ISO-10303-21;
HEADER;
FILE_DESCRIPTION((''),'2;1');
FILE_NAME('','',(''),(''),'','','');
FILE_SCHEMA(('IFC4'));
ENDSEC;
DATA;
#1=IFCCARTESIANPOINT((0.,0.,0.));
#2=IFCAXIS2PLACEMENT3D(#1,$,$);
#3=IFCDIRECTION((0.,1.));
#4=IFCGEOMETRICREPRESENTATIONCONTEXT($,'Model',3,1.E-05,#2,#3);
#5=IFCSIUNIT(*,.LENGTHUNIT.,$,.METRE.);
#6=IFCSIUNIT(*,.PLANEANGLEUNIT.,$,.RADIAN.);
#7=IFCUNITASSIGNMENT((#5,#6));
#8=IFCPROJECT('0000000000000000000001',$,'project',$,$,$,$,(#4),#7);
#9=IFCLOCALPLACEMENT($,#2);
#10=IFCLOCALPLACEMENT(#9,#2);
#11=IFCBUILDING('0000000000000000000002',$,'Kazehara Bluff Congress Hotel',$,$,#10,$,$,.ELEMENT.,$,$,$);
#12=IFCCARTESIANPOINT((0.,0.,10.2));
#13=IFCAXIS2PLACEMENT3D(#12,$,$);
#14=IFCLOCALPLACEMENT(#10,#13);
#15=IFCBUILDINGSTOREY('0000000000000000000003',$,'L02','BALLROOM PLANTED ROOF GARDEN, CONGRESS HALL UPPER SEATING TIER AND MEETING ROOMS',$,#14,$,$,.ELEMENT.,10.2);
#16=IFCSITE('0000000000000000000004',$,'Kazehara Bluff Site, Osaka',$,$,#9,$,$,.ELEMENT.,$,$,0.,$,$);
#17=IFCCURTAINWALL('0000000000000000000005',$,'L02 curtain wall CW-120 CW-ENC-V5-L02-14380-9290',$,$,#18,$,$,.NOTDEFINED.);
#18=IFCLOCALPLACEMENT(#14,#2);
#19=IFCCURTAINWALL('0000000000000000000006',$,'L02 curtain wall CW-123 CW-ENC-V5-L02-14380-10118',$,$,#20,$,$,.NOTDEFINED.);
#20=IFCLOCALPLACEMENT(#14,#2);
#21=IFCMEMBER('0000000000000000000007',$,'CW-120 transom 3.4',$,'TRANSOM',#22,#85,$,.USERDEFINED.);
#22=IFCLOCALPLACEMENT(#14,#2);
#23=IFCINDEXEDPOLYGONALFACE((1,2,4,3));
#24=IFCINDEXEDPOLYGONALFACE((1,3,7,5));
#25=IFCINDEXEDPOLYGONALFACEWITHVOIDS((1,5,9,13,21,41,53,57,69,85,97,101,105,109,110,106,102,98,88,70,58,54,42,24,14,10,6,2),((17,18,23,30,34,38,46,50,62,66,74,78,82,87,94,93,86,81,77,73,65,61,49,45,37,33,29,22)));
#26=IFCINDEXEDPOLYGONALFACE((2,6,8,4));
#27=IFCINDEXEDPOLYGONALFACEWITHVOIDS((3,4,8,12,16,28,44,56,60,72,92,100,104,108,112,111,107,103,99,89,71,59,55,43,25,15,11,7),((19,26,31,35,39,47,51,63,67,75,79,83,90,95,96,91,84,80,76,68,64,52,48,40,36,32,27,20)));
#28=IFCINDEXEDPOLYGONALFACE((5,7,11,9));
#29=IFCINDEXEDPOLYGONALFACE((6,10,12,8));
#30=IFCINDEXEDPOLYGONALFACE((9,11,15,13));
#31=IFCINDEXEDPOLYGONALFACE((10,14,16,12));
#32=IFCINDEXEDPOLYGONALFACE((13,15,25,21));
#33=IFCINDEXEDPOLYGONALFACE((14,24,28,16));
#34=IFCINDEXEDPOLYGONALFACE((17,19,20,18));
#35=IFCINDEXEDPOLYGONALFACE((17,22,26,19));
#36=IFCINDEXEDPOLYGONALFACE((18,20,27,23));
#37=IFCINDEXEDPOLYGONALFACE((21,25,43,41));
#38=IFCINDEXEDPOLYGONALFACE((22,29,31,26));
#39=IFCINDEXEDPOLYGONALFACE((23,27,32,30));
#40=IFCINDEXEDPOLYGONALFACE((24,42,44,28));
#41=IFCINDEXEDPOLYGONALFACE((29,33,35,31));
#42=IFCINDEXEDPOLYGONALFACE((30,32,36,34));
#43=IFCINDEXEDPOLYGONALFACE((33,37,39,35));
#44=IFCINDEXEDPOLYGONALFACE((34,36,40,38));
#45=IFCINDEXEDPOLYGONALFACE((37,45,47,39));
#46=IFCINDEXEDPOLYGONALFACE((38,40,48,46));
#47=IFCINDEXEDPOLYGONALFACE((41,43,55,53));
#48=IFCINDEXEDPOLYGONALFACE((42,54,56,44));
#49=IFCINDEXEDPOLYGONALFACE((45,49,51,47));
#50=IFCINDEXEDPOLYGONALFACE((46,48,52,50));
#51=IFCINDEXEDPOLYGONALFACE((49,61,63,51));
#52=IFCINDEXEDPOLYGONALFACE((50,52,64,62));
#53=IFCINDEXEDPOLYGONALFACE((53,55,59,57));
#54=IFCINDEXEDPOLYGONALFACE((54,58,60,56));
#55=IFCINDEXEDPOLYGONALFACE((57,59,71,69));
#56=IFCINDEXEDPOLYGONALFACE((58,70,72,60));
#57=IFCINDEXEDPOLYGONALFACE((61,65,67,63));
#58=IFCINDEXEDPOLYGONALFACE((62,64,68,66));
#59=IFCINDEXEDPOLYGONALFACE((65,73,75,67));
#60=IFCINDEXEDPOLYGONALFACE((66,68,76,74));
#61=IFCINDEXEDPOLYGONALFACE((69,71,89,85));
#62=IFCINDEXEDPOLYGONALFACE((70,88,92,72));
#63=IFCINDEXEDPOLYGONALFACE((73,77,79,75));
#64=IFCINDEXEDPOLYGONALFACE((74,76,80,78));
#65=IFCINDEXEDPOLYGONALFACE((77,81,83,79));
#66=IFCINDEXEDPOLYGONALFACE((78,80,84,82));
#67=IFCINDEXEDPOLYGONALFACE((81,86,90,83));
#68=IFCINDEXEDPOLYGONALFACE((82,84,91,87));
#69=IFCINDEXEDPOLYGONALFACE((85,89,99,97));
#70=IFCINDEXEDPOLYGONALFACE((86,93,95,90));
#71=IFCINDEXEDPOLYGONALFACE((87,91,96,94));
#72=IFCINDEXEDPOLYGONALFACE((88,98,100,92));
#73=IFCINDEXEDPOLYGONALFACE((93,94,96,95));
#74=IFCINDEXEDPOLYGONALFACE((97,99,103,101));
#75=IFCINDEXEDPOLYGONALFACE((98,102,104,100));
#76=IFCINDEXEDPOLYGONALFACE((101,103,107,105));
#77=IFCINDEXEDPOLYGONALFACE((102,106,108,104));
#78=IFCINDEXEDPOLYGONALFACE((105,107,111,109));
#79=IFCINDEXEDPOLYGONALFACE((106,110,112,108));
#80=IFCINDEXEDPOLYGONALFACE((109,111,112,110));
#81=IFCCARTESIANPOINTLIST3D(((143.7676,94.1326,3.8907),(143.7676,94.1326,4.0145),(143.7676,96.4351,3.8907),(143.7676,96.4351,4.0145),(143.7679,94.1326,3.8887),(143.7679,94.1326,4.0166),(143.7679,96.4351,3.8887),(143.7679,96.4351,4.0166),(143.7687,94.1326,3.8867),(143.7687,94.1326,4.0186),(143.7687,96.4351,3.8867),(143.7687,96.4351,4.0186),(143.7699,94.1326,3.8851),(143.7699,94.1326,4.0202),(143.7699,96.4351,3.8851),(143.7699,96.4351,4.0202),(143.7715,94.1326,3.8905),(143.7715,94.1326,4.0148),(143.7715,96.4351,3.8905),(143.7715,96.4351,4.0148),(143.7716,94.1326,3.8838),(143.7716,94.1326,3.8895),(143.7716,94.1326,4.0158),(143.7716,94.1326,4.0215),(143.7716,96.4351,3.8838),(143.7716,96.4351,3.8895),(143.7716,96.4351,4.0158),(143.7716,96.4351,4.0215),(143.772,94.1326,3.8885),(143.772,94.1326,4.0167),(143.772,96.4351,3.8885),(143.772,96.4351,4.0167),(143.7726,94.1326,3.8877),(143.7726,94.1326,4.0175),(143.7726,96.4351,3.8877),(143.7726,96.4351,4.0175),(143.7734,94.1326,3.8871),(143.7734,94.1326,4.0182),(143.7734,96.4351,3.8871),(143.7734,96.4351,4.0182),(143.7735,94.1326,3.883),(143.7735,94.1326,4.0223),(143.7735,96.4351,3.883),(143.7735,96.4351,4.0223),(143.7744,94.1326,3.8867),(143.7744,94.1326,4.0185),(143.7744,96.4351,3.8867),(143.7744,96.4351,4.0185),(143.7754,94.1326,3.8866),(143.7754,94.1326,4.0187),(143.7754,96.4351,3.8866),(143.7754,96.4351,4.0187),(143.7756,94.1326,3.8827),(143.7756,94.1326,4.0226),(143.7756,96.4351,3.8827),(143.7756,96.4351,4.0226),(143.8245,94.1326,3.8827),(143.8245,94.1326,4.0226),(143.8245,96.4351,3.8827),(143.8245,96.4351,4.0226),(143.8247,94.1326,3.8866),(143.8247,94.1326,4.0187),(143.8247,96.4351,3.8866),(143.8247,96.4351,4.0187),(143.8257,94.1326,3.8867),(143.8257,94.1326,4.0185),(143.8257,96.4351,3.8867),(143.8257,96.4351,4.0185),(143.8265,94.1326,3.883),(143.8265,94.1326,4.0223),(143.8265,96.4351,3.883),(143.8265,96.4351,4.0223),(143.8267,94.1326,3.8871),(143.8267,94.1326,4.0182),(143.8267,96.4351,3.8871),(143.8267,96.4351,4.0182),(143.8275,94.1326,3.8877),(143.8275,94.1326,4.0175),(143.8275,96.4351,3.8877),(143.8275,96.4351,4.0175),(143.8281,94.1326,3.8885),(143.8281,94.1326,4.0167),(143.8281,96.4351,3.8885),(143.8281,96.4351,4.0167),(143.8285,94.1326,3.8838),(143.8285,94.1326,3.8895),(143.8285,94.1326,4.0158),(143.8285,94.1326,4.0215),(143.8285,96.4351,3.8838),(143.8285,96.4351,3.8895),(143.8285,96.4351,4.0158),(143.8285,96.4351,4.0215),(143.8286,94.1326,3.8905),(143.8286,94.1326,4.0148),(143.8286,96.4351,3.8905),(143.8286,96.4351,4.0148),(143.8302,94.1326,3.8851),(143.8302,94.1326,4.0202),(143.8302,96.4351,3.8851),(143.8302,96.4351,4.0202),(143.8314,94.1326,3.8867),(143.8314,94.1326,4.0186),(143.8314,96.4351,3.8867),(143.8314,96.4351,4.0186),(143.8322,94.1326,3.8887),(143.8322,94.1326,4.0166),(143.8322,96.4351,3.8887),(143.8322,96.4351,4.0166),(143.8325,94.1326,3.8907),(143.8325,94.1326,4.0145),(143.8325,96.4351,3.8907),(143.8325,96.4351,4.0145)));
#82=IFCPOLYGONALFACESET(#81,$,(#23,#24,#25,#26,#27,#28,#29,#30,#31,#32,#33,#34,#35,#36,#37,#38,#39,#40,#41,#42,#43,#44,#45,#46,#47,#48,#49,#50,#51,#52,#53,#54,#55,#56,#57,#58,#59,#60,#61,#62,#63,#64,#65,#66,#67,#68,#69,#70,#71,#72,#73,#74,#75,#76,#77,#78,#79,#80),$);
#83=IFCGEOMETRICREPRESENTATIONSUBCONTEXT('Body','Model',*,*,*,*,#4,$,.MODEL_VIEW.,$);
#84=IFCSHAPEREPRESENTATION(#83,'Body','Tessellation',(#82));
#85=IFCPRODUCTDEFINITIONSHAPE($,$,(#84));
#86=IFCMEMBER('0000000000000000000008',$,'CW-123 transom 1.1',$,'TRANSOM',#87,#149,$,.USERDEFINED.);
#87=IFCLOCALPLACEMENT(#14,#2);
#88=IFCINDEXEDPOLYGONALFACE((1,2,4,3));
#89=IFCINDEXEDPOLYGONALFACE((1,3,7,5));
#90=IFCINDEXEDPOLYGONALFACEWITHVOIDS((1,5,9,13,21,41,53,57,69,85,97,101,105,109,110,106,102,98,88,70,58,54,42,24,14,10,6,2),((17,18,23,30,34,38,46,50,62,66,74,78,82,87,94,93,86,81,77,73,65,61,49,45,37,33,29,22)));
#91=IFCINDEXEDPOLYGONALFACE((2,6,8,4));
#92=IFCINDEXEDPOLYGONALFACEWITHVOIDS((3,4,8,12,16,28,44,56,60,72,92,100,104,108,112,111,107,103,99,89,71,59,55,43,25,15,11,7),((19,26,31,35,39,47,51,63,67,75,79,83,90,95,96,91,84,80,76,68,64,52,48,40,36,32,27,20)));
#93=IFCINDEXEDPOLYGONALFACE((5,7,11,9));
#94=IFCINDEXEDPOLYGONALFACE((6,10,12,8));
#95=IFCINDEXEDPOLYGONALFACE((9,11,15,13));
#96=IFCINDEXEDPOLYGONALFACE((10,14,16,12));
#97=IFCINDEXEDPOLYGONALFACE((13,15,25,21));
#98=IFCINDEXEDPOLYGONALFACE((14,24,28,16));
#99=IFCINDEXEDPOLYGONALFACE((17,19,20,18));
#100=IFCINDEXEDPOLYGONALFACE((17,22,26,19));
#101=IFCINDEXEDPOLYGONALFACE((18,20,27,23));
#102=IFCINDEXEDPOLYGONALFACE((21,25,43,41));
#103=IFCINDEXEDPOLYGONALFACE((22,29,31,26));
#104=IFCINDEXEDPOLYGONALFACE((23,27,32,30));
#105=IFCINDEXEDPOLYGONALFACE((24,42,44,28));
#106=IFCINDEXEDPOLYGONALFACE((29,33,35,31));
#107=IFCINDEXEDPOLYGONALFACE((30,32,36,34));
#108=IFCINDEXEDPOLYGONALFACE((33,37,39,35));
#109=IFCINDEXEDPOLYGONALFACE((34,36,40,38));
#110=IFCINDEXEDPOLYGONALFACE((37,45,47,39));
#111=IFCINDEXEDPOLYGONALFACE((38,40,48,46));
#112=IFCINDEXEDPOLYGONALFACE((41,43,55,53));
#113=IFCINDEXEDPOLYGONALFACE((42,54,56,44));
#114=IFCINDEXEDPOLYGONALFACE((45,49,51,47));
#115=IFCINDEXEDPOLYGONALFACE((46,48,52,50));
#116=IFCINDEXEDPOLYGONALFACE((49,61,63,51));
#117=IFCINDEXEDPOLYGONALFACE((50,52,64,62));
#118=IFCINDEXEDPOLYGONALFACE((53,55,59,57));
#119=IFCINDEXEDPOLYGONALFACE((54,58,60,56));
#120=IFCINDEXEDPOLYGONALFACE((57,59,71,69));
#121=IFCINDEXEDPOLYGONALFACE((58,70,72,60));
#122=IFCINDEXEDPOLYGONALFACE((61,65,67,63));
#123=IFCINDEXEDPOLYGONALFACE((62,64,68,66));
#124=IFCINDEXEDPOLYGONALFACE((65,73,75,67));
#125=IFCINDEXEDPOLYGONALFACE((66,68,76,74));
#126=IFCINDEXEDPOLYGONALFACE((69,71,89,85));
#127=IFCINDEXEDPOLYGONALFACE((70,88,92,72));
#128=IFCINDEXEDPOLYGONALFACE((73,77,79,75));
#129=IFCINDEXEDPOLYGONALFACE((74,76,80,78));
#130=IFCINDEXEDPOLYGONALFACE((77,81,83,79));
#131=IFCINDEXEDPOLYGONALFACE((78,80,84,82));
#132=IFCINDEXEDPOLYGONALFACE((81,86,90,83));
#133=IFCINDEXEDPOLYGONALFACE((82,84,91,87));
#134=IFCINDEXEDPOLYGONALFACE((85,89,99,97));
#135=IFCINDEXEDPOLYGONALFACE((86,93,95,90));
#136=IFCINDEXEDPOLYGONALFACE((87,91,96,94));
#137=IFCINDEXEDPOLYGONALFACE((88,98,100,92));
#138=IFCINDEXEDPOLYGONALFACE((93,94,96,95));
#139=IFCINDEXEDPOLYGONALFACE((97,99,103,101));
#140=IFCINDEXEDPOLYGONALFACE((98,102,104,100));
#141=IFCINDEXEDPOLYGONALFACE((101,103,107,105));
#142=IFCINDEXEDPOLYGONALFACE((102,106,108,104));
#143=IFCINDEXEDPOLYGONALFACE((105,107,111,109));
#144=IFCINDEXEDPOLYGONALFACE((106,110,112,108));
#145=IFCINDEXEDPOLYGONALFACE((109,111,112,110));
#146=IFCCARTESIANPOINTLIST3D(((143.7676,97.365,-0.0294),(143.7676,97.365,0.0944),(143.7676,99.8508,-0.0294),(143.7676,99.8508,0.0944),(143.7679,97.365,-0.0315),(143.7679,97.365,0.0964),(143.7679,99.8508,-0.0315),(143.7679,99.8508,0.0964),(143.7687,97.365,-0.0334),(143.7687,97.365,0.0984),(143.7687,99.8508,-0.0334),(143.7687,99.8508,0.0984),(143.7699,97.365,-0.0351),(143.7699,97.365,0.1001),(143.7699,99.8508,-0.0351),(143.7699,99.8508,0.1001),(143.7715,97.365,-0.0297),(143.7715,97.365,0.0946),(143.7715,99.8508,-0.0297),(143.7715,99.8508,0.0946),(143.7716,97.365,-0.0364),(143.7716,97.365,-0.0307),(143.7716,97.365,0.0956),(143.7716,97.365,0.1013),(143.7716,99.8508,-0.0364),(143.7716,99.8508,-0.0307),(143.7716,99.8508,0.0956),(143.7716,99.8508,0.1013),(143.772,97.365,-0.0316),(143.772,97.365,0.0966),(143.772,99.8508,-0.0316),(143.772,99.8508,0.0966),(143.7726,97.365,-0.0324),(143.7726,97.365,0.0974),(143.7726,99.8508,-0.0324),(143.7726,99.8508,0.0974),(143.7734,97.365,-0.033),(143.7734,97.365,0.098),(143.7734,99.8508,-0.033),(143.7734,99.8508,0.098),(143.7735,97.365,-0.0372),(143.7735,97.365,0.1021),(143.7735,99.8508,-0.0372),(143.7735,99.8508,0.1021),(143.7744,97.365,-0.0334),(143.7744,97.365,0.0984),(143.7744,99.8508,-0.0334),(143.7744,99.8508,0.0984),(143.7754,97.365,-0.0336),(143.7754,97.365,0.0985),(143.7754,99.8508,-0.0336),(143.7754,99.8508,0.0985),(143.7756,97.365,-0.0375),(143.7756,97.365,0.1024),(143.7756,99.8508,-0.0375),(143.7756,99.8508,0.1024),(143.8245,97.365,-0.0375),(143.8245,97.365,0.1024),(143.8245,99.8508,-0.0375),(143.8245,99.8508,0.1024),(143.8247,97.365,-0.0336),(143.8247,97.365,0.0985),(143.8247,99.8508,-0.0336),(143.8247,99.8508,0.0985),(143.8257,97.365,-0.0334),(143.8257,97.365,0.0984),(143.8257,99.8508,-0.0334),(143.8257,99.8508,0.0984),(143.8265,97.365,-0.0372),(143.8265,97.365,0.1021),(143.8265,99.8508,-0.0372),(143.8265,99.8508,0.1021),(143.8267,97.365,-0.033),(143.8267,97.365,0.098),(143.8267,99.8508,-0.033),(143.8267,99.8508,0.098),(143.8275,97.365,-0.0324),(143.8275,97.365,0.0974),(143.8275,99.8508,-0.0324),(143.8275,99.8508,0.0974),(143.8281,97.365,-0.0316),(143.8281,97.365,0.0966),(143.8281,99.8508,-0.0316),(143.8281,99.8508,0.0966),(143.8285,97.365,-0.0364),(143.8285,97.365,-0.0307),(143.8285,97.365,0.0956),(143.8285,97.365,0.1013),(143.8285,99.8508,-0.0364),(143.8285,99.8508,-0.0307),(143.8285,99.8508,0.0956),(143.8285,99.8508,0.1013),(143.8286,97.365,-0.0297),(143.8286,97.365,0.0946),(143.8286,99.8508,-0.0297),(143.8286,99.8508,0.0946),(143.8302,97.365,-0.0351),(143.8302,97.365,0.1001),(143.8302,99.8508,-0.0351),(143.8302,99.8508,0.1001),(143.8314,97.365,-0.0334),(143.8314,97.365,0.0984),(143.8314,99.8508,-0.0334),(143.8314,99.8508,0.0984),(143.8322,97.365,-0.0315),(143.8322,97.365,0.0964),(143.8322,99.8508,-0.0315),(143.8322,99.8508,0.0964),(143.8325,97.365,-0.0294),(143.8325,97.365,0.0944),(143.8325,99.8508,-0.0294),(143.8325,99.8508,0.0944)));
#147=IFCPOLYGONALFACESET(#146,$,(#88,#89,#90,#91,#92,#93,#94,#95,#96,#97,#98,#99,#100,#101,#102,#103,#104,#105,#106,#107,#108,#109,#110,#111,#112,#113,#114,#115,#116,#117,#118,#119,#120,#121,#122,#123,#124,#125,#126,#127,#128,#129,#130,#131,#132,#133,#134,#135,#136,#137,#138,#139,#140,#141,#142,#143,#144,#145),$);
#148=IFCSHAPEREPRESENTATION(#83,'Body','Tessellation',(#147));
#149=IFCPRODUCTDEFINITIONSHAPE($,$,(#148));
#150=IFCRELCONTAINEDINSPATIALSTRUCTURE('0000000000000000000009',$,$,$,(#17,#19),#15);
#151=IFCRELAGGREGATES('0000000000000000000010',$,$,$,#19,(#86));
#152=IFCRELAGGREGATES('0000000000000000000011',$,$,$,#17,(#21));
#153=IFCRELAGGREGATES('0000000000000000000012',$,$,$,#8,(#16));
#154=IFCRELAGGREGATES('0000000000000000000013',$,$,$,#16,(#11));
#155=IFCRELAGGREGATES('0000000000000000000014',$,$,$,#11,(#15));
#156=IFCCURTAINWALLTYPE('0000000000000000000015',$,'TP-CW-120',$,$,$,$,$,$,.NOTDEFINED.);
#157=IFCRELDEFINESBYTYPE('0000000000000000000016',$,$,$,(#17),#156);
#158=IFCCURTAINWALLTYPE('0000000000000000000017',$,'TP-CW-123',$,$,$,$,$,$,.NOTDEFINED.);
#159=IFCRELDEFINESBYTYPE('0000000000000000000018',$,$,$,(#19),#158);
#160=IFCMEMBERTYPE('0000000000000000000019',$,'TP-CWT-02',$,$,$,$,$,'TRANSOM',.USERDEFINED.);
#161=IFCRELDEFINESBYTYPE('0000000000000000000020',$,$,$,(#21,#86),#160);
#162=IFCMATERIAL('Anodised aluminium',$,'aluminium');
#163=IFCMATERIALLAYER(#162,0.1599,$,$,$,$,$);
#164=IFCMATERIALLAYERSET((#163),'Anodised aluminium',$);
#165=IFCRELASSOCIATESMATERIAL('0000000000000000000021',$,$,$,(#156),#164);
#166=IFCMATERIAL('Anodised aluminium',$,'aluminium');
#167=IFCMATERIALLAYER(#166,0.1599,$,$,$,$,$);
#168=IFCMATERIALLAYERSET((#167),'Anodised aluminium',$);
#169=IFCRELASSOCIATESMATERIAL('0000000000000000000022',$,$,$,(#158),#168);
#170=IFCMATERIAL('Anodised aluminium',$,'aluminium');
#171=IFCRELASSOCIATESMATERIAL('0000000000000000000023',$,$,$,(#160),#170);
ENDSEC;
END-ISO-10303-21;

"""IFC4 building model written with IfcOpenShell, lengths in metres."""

from ifc_helpers import new_model, si_unit, direction, frame, origin, origin_2d, place, context, subcontext, project, spatial, hollow_rectangle, extrude, material, layer, layer_set, material_profile, profile_set, type_object, element, aggregate, save


model = new_model("IFC4")

# Units and contexts
model_context = context("Model", 3, precision=1e-05, world=origin(), true_north=direction((0.0, 1.0)))
body_context = subcontext(model_context, "Body", "Model", "MODEL_VIEW")
ifc_project = project(units=[si_unit("LENGTHUNIT", "METRE"), si_unit("PLANEANGLEUNIT", "RADIAN")], contexts=[model_context])

# Site, building, storey
site_placement = place(None, origin())
site = spatial("IfcSite", under=ifc_project, at=site_placement, Name="Kazehara Bluff Site, Osaka", CompositionType="ELEMENT", RefElevation=0.0)
building_placement = place(site_placement, origin())
building = spatial("IfcBuilding", under=site, at=building_placement, Name="Kazehara Bluff Congress Hotel", CompositionType="ELEMENT")
storey_placement = place(building_placement, frame((0.0, 0.0, 10.2)))
storey = spatial("IfcBuildingStorey", under=building, at=storey_placement, Name="L02", Description="BALLROOM PLANTED ROOF GARDEN, CONGRESS HALL UPPER SEATING TIER AND MEETING ROOMS", CompositionType="ELEMENT", Elevation=10.2)

# Curtain wall
ifc_material_1 = material(Name="Anodised aluminium", Category="aluminium")
ifc_layer_1 = layer(ifc_material_1, 0.1599)
ifc_layer_set_1 = layer_set([ifc_layer_1], Name="Anodised aluminium")
curtain_wall_type_1 = type_object("IfcCurtainWallType", Name="TP-CW-120", PredefinedType="NOTDEFINED", material=ifc_layer_set_1)
curtain_wall_1_placement = place(storey_placement, origin())
curtain_wall_1 = element("IfcCurtainWall", 1, at=curtain_wall_1_placement, inside=storey, type_object=curtain_wall_type_1, Name="L02 curtain wall CW-120 CW-ENC-V5-L02-14380-9290", PredefinedType="NOTDEFINED")

# Curtain wall
ifc_material_2 = material(Name="Anodised aluminium", Category="aluminium")
ifc_layer_2 = layer(ifc_material_2, 0.1599)
ifc_layer_set_2 = layer_set([ifc_layer_2], Name="Anodised aluminium")
curtain_wall_type_2 = type_object("IfcCurtainWallType", Name="TP-CW-123", PredefinedType="NOTDEFINED", material=ifc_layer_set_2)
curtain_wall_2_placement = place(storey_placement, origin())
curtain_wall_2 = element("IfcCurtainWall", 2, at=curtain_wall_2_placement, inside=storey, type_object=curtain_wall_type_2, Name="L02 curtain wall CW-123 CW-ENC-V5-L02-14380-10118", PredefinedType="NOTDEFINED")

# Members
ifc_material_3 = material(Name="Anodised aluminium", Category="aluminium")
ifc_material_profile_1 = material_profile(ifc_material_3, hollow_rectangle(XDim=0.0649, YDim=0.1399, WallThickness=0.0039, InnerFilletRadius=0.0039, OuterFilletRadius=0.0081, at=origin_2d()))
ifc_profile_set_1 = profile_set([ifc_material_profile_1], Name="Anodised aluminium")
member_type_1 = type_object("IfcMemberType", Name="TP-CWT-02", ElementType="TRANSOM", PredefinedType="USERDEFINED", material=ifc_profile_set_1)
member_1_placement = place(storey_placement, frame((143.8, 94.1326, 3.9526), z_axis=(0.0, 1.0, 0.0), x_axis=(-1.0, 0.0, 0.0)))
member_1 = element("IfcMember", 3, at=member_1_placement, type_object=member_type_1, Name="CW-120 transom 3.4", ObjectType="TRANSOM", PredefinedType="USERDEFINED", context=body_context, shape_type="SweptSolid", body=[
    extrude(hollow_rectangle(XDim=0.0649, YDim=0.1399, WallThickness=0.0039, InnerFilletRadius=0.0039, OuterFilletRadius=0.0081, at=origin_2d()), origin(), (0.0, 0.0, 1.0), 2.3025),
])
member_2_placement = place(storey_placement, frame((143.8, 97.365, 0.0325), z_axis=(0.0, 1.0, 0.0), x_axis=(-1.0, 0.0, 0.0)))
member_2 = element("IfcMember", 4, at=member_2_placement, type_object=member_type_1, Name="CW-123 transom 1.1", ObjectType="TRANSOM", PredefinedType="USERDEFINED", context=body_context, shape_type="SweptSolid", body=[
    extrude(hollow_rectangle(XDim=0.0649, YDim=0.1399, WallThickness=0.0039, InnerFilletRadius=0.0039, OuterFilletRadius=0.0081, at=origin_2d()), origin(), (0.0, 0.0, 1.0), 2.4858),
])
aggregate(curtain_wall_2, [member_2])

aggregate(curtain_wall_1, [member_1])

save(model, "model.ifc")
